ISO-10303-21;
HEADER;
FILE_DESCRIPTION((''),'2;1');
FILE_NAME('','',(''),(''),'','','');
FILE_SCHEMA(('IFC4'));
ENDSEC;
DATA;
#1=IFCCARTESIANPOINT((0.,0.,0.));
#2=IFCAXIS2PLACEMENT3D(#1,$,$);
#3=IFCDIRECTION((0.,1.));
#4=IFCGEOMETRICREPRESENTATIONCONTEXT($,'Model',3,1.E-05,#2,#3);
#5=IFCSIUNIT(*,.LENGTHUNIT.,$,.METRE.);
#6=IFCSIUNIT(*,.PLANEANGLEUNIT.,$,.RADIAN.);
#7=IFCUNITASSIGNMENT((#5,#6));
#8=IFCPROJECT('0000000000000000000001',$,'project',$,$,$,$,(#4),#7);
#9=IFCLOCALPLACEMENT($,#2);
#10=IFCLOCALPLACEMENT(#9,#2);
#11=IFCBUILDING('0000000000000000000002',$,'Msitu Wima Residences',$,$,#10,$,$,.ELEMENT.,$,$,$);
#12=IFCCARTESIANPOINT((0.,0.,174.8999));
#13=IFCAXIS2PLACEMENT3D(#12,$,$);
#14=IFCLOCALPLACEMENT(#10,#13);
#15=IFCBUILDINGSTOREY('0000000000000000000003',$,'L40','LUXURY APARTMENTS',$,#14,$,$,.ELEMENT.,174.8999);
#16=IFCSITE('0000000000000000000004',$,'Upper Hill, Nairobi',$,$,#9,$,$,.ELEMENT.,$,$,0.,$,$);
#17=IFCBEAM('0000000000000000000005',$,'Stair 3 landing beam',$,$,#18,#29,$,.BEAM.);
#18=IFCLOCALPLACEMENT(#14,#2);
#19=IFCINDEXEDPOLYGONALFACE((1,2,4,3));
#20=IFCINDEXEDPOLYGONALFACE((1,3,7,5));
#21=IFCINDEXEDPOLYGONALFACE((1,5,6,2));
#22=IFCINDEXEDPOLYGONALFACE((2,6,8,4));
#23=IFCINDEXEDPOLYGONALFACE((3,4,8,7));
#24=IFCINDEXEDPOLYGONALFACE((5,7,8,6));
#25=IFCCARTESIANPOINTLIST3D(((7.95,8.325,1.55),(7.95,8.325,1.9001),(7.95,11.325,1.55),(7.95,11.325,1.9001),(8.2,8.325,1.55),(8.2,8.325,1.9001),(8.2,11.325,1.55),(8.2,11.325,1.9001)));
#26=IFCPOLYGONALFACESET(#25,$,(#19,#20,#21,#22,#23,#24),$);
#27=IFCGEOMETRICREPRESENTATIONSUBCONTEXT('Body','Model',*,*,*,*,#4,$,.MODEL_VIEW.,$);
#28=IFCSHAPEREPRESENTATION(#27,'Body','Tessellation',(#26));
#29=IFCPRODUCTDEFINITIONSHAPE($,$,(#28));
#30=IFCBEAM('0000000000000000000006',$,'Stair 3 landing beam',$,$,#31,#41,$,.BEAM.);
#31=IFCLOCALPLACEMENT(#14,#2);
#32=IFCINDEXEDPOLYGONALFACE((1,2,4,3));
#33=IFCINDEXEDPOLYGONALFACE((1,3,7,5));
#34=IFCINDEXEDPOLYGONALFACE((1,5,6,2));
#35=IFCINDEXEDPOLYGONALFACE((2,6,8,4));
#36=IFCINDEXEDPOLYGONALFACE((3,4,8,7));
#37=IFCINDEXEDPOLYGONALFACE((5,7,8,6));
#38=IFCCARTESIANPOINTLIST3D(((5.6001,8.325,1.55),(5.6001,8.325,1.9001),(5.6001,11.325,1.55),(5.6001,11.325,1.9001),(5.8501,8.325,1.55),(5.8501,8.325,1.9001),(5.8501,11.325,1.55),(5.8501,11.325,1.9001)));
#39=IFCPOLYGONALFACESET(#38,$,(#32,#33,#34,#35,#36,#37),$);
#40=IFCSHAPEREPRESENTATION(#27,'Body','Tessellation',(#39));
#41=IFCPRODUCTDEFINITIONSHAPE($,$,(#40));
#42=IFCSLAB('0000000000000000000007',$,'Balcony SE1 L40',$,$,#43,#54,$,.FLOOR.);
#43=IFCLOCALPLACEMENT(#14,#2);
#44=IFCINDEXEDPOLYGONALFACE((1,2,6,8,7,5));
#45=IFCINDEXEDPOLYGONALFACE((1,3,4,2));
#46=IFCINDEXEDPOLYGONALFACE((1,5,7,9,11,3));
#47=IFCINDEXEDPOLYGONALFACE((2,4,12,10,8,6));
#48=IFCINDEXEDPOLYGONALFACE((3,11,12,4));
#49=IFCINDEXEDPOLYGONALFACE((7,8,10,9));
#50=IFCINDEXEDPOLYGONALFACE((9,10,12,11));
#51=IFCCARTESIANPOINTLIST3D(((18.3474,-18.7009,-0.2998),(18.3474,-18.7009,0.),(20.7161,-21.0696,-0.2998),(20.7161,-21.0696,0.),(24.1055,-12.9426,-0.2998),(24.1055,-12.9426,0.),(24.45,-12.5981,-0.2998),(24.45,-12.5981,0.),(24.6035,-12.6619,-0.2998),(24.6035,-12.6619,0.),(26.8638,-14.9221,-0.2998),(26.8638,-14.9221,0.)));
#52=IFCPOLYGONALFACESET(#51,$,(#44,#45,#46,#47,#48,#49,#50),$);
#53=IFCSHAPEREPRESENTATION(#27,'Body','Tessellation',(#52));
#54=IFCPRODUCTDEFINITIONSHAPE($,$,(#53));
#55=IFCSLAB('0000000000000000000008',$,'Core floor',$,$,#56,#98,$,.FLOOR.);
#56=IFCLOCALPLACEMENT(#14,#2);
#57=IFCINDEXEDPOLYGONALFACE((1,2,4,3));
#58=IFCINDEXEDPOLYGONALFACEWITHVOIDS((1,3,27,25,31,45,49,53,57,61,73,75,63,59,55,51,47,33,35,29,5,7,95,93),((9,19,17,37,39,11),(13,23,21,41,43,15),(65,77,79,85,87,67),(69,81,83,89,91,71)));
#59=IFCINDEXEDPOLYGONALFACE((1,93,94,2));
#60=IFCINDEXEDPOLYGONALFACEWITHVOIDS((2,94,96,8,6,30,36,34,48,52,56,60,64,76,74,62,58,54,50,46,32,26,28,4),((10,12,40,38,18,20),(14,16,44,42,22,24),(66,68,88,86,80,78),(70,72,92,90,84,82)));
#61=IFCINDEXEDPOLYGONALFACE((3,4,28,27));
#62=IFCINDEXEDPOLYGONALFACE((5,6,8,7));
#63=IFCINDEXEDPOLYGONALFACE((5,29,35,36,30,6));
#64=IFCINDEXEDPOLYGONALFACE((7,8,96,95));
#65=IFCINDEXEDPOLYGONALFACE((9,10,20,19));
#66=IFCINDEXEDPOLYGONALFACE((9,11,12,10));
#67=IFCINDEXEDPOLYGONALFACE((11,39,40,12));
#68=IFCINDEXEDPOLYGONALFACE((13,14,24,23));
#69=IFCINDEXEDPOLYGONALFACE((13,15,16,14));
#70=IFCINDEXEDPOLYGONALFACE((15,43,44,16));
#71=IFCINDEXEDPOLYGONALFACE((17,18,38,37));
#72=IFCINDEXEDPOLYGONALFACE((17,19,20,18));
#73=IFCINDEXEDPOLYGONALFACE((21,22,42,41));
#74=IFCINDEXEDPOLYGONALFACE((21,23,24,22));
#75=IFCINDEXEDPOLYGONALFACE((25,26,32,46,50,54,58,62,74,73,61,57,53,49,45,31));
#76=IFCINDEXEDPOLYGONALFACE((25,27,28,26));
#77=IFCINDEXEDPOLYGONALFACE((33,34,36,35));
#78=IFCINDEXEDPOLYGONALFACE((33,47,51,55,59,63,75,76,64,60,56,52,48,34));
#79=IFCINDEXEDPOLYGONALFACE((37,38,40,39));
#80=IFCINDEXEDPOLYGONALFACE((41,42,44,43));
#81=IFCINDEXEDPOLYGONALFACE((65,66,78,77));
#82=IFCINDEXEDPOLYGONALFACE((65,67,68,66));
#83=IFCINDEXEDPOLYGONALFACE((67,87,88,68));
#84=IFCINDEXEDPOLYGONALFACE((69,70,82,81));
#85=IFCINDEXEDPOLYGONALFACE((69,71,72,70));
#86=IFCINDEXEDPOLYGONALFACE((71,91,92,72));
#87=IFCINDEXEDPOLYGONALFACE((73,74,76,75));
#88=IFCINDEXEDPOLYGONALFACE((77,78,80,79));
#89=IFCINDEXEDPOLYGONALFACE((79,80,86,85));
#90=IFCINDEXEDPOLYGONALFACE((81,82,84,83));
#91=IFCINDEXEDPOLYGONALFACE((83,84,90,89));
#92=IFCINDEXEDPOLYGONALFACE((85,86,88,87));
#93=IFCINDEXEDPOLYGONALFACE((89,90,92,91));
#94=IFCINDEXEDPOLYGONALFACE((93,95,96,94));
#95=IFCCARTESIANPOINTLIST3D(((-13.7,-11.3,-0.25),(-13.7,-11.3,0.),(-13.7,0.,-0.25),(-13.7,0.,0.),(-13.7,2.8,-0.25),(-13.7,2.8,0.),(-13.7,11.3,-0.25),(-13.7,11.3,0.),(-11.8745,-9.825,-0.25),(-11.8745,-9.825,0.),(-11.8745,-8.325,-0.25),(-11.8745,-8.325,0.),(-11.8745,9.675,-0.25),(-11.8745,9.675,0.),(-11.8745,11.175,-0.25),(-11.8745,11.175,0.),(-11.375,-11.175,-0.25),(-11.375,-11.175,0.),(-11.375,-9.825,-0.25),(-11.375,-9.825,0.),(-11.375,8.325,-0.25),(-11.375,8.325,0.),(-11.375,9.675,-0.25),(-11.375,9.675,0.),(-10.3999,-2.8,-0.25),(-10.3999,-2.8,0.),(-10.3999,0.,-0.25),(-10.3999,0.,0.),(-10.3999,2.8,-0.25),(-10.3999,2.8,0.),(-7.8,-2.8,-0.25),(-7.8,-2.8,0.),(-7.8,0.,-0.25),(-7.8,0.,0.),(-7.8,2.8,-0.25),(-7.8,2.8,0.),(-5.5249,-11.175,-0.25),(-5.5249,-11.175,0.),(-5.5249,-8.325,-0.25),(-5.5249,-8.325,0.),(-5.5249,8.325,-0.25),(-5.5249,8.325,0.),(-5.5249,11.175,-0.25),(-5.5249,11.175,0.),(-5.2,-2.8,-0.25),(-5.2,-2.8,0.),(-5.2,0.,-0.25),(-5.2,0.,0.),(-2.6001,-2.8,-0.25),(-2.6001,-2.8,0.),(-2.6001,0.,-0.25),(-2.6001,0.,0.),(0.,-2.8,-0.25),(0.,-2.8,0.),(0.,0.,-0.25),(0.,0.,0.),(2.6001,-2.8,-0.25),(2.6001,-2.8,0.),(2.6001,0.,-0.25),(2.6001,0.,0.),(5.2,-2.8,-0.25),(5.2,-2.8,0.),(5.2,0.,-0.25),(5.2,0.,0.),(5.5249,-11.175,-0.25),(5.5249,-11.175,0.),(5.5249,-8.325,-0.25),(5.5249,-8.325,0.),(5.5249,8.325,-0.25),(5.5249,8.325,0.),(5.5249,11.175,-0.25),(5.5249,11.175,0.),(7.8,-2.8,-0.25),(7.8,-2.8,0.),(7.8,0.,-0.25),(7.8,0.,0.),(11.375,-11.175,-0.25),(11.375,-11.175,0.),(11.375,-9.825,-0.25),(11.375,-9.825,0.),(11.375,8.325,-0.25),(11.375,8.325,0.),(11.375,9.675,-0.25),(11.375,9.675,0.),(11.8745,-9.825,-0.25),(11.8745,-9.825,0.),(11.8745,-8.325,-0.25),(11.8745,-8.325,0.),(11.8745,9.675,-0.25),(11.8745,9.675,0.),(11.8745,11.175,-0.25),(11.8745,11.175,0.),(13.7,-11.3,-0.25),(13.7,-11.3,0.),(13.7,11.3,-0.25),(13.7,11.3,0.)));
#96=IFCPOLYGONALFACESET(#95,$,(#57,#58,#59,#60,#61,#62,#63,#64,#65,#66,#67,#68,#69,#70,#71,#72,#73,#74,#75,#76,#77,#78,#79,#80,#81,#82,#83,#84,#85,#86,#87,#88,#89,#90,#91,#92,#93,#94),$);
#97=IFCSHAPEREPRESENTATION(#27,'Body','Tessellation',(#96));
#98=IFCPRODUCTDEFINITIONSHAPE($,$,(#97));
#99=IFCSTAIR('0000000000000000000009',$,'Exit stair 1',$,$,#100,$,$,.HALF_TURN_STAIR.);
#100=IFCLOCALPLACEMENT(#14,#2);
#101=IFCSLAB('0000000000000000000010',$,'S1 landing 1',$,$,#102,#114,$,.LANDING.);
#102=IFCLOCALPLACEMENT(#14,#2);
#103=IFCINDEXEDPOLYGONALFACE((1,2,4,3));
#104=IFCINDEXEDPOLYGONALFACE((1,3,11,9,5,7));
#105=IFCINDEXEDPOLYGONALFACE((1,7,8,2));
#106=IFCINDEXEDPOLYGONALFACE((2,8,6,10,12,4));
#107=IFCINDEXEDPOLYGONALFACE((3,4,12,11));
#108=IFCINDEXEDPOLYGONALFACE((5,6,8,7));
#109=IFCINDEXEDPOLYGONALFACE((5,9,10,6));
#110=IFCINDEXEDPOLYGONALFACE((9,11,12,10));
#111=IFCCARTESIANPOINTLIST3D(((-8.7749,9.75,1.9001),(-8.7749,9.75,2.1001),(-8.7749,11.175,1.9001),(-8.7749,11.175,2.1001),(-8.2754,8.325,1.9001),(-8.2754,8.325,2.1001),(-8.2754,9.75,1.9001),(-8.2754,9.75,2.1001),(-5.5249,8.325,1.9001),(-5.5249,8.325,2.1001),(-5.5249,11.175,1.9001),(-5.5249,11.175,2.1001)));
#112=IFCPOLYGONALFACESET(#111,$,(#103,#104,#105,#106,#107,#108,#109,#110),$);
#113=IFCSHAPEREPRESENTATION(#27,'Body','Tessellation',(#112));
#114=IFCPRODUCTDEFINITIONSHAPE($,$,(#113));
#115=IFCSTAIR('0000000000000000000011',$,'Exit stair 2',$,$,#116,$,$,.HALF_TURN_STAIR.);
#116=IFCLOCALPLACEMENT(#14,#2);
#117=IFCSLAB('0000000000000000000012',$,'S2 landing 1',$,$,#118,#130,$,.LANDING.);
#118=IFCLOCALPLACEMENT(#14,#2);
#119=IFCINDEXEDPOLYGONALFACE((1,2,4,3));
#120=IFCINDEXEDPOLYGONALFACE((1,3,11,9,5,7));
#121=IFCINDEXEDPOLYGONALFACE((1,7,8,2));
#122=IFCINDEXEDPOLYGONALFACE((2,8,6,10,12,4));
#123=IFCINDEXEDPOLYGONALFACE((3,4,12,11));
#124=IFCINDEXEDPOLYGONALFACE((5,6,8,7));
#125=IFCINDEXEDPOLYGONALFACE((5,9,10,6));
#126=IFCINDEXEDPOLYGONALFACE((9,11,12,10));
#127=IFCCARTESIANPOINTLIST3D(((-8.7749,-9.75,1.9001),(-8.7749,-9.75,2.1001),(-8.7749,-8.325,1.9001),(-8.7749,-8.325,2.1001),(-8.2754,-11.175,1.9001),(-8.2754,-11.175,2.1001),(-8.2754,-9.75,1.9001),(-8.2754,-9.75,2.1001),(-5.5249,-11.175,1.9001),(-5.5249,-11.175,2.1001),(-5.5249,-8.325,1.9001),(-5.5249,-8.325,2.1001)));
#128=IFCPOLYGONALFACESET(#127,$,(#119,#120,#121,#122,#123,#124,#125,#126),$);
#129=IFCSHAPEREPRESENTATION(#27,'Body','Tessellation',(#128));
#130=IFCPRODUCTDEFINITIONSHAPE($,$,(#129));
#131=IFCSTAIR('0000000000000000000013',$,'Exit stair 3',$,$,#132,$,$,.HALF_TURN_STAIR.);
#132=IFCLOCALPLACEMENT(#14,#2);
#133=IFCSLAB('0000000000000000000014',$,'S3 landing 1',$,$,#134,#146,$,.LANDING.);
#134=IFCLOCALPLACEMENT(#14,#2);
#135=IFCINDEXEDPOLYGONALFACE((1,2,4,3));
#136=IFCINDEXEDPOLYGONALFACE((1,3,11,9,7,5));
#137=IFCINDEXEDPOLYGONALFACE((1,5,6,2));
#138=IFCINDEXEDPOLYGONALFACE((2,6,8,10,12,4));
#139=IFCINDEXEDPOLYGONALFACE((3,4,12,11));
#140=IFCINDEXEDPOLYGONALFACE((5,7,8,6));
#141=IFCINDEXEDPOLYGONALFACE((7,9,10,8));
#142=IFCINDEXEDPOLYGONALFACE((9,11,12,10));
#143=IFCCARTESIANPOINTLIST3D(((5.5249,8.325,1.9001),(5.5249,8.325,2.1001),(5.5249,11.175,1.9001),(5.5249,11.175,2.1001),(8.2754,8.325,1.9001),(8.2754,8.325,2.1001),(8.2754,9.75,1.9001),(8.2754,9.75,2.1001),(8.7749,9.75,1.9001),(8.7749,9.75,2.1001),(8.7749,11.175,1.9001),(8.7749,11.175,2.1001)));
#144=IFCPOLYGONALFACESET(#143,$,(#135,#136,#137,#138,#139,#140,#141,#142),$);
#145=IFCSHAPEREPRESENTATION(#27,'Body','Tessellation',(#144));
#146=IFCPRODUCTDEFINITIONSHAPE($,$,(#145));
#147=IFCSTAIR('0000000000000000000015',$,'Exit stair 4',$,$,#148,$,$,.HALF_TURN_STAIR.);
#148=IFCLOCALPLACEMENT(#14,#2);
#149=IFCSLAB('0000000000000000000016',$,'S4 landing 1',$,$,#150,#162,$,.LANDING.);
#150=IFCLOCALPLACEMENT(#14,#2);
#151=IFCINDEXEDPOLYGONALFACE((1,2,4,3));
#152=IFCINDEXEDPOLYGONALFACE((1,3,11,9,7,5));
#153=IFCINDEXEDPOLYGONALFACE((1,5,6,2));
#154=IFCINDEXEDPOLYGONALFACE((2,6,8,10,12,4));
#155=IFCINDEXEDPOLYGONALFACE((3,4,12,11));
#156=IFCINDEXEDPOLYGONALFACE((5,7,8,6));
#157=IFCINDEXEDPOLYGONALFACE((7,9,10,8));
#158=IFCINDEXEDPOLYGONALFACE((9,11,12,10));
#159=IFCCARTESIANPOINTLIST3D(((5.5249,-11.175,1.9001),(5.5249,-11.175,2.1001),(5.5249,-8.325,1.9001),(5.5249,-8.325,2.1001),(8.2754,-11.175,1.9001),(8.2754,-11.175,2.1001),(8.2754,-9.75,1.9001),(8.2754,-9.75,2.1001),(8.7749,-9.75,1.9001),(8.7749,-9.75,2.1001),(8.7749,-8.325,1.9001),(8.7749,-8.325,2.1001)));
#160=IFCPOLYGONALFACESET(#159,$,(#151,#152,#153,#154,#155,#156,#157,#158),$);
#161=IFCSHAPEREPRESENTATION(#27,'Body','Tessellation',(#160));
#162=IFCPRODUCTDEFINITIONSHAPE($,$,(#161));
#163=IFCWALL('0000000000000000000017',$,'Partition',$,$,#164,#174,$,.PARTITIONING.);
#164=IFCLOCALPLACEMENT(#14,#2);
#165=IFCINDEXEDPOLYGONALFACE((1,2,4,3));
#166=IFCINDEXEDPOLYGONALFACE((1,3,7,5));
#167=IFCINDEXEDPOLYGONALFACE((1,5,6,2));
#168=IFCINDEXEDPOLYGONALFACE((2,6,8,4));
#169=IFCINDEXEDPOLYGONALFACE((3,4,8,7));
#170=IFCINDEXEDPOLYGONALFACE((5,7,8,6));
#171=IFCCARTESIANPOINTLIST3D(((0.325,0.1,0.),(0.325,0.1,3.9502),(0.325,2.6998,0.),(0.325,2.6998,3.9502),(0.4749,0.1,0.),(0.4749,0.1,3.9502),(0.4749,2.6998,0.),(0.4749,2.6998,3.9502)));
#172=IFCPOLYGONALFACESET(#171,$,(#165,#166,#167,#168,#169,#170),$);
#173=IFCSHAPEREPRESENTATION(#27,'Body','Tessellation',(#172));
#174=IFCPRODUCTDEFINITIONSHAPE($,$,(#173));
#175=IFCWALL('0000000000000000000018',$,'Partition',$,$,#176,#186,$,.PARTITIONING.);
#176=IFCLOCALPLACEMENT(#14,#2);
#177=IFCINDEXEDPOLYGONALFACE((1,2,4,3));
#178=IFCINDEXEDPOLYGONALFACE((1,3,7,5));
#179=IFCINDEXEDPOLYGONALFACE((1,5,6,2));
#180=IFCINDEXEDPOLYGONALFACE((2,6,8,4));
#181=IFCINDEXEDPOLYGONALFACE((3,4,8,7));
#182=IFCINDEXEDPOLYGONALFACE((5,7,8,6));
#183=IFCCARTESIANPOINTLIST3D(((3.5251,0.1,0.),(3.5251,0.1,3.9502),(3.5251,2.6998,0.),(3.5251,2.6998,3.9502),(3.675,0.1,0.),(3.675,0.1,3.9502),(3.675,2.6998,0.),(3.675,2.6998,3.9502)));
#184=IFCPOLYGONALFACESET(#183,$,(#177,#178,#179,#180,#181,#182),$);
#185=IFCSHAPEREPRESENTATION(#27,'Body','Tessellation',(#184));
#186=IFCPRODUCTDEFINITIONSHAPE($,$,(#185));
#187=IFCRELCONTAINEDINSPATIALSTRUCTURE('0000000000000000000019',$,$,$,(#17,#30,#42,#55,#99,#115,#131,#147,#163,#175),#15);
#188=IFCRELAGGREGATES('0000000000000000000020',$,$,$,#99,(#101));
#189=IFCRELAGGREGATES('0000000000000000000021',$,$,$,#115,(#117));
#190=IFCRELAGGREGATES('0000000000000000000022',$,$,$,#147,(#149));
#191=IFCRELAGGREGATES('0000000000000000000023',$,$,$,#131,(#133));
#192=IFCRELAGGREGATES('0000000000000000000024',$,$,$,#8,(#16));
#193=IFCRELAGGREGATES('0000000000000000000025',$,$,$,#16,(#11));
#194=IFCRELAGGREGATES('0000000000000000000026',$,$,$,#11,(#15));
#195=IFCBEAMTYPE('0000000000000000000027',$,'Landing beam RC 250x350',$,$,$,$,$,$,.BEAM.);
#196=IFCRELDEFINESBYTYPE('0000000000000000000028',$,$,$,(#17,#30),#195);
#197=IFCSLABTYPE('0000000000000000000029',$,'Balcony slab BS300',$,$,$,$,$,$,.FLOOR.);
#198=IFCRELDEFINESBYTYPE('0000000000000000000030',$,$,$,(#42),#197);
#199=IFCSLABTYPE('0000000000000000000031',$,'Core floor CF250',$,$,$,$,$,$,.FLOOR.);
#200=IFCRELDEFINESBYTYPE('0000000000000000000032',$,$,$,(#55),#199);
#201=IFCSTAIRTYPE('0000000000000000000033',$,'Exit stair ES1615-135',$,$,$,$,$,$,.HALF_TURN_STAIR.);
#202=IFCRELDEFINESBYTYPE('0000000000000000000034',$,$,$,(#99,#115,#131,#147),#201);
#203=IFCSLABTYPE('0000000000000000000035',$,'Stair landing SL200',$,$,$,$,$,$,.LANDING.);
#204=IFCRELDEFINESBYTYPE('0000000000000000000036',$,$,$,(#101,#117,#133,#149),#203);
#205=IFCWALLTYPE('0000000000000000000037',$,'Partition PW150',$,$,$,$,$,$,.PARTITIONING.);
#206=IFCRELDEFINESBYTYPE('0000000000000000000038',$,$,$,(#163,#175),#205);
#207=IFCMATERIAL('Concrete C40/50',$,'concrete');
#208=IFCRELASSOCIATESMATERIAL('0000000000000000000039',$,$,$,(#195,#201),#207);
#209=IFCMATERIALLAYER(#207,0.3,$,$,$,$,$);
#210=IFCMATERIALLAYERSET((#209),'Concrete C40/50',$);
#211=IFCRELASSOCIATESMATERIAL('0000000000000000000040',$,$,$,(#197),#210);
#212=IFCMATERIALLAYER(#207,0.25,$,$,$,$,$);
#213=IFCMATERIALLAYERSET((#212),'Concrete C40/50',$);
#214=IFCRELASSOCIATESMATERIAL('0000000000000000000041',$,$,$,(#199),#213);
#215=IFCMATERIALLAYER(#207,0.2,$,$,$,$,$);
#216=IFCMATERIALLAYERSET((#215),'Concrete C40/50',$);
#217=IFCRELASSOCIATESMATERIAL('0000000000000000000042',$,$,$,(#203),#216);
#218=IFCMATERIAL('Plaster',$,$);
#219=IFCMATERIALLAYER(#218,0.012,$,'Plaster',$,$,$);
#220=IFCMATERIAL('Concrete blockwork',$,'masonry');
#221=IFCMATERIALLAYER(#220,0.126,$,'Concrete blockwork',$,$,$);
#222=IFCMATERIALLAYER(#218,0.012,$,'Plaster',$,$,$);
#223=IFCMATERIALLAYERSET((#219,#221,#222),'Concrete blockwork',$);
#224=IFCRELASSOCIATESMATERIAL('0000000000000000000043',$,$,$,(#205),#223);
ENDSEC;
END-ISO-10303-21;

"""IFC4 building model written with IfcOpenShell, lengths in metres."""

from ifc_helpers import new_model, si_unit, direction, frame, frame_2d, origin, origin_2d, place, context, subcontext, project, spatial, polyline, rectangle, outline, extrude, material, layer, layer_set, material_profile, profile_set, type_object, element, aggregate, save


model = new_model("IFC4")

# Units and contexts
model_context = context("Model", 3, precision=1e-05, world=origin(), true_north=direction((0.0, 1.0)))
body_context = subcontext(model_context, "Body", "Model", "MODEL_VIEW")
ifc_project = project(units=[si_unit("LENGTHUNIT", "METRE"), si_unit("PLANEANGLEUNIT", "RADIAN")], contexts=[model_context])

# Site, building, storey
site_placement = place(None, origin())
site = spatial("IfcSite", under=ifc_project, at=site_placement, Name="Upper Hill, Nairobi", CompositionType="ELEMENT", RefElevation=0.0)
building_placement = place(site_placement, origin())
building = spatial("IfcBuilding", under=site, at=building_placement, Name="Msitu Wima Residences", CompositionType="ELEMENT")
storey_placement = place(building_placement, frame((0.0, 0.0, 174.8999)))
storey = spatial("IfcBuildingStorey", under=building, at=storey_placement, Name="L40", Description="LUXURY APARTMENTS", CompositionType="ELEMENT", Elevation=174.8999)

# Beams
ifc_material_1 = material(Name="Concrete C40/50", Category="concrete")
ifc_material_profile = material_profile(ifc_material_1, rectangle(XDim=0.25, YDim=0.3501, at=origin_2d()), Name="RC 250x350")
ifc_profile_set = profile_set([ifc_material_profile], Name="Concrete C40/50")
beam_type = type_object("IfcBeamType", Name="Landing beam RC 250x350", PredefinedType="BEAM", material=ifc_profile_set)
for number, where, z_axis, x_axis, name in (
    (1, (8.075, 8.325, 1.7251), (0.0, 1.0, 0.0), (-1.0, 0.0, 0.0), "Stair 3 landing beam"),
    (2, (5.7251, 8.325, 1.7251), (0.0, 1.0, 0.0), (-1.0, 0.0, 0.0), "Stair 3 landing beam"),
):
    element("IfcBeam", number, at=place(storey_placement, frame(where, z_axis=z_axis, x_axis=x_axis)), inside=storey, type_object=beam_type, Name=name, PredefinedType="BEAM", context=body_context, shape_type="SweptSolid", body=[
        extrude(rectangle(XDim=0.25, YDim=0.3501, at=origin_2d()), origin(), (0.0, 0.0, 1.0), 3.0),
    ])

# Slabs
ifc_layer_1 = layer(ifc_material_1, 0.3)
ifc_layer_set_1 = layer_set([ifc_layer_1], Name="Concrete C40/50")
slab_type_1 = type_object("IfcSlabType", Name="Balcony slab BS300", PredefinedType="FLOOR", material=ifc_layer_set_1)
slab_1_placement = place(storey_placement, frame((0.0, 0.0, -0.2998)))
element("IfcSlab", 3, at=slab_1_placement, inside=storey, type_object=slab_type_1, Name="Balcony SE1 L40", PredefinedType="FLOOR", context=body_context, shape_type="SweptSolid", body=[
    extrude(outline(polyline([(24.1055, -12.9426), (24.1055, -12.9426), (24.45, -12.5981), (24.6035, -12.6619), (26.8638, -14.9221), (20.7161, -21.0696), (18.3474, -18.7009), (24.1055, -12.9426), (24.1055, -12.9426)])), origin(), (0.0, 0.0, 1.0), 0.2998),
])
ifc_layer_2 = layer(ifc_material_1, 0.25)
ifc_layer_set_2 = layer_set([ifc_layer_2], Name="Concrete C40/50")
slab_type_2 = type_object("IfcSlabType", Name="Core floor CF250", PredefinedType="FLOOR", material=ifc_layer_set_2)
slab_2_placement = place(storey_placement, frame((0.0, 0.0, -0.25)))
element("IfcSlab", 4, at=slab_2_placement, inside=storey, type_object=slab_type_2, Name="Core floor", PredefinedType="FLOOR", context=body_context, shape_type="SweptSolid", body=[
    extrude(outline(polyline([(-13.7, 11.3), (-13.7, 2.8), (-10.3999, 2.8), (-7.8, 2.8), (-7.8, 0.0), (-5.2, 0.0), (-2.6001, 0.0), (0.0, 0.0), (2.6001, 0.0), (5.2, 0.0), (7.8, 0.0), (7.8, -2.8), (5.2, -2.8), (2.6001, -2.8), (0.0, -2.8), (-2.6001, -2.8), (-5.2, -2.8), (-7.8, -2.8), (-10.3999, -2.8), (-10.3999, 0.0), (-13.7, 0.0), (-13.7, -11.3), (13.7, -11.3), (13.7, 11.3), (-13.7, 11.3)]), holes=[polyline([(-11.375, -11.175), (-11.375, -9.825), (-11.8745, -9.825), (-11.8745, -8.325), (-5.5249, -8.325), (-5.5249, -11.175), (-11.375, -11.175)]), polyline([(-11.375, 8.325), (-11.375, 9.675), (-11.8745, 9.675), (-11.8745, 11.175), (-5.5249, 11.175), (-5.5249, 8.325), (-11.375, 8.325)]), polyline([(11.375, -9.825), (11.375, -11.175), (5.5249, -11.175), (5.5249, -8.325), (11.8745, -8.325), (11.8745, -9.825), (11.375, -9.825)]), polyline([(11.375, 9.675), (11.375, 8.325), (5.5249, 8.325), (5.5249, 11.175), (11.8745, 11.175), (11.8745, 9.675), (11.375, 9.675)])]), origin(), (0.0, 0.0, 1.0), 0.25),
])

# Stairs, slabs
stair_type = type_object("IfcStairType", Name="Exit stair ES1615-135", PredefinedType="HALF_TURN_STAIR", material=ifc_material_1)
stair_1_placement = place(storey_placement, origin())
stair_1 = element("IfcStair", 5, at=stair_1_placement, inside=storey, type_object=stair_type, Name="Exit stair 1", PredefinedType="HALF_TURN_STAIR")
ifc_layer_3 = layer(ifc_material_1, 0.2)
ifc_layer_set_3 = layer_set([ifc_layer_3], Name="Concrete C40/50")
slab_type_3 = type_object("IfcSlabType", Name="Stair landing SL200", PredefinedType="LANDING", material=ifc_layer_set_3)
slab_3_placement = place(storey_placement, frame((0.0, 0.0, 1.9001)))
slab_3 = element("IfcSlab", 6, at=slab_3_placement, type_object=slab_type_3, Name="S1 landing 1", PredefinedType="LANDING", context=body_context, shape_type="SweptSolid", body=[
    extrude(outline(polyline([(-5.5249, 8.325), (-8.2754, 8.325), (-8.2754, 9.75), (-8.7749, 9.75), (-8.7749, 11.175), (-5.5249, 11.175), (-5.5249, 8.325)])), origin(), (0.0, 0.0, 1.0), 0.2),
])
aggregate(stair_1, [slab_3])
stair_2_placement = place(storey_placement, origin())
stair_2 = element("IfcStair", 7, at=stair_2_placement, inside=storey, type_object=stair_type, Name="Exit stair 2", PredefinedType="HALF_TURN_STAIR")
slab_4_placement = place(storey_placement, frame((0.0, 0.0, 1.9001)))
slab_4 = element("IfcSlab", 8, at=slab_4_placement, type_object=slab_type_3, Name="S2 landing 1", PredefinedType="LANDING", context=body_context, shape_type="SweptSolid", body=[
    extrude(outline(polyline([(-5.5249, -11.175), (-8.2754, -11.175), (-8.2754, -9.75), (-8.7749, -9.75), (-8.7749, -8.325), (-5.5249, -8.325), (-5.5249, -11.175)])), origin(), (0.0, 0.0, 1.0), 0.2),
])
aggregate(stair_2, [slab_4])
stair_3_placement = place(storey_placement, origin())
stair_3 = element("IfcStair", 9, at=stair_3_placement, inside=storey, type_object=stair_type, Name="Exit stair 3", PredefinedType="HALF_TURN_STAIR")
slab_5_placement = place(storey_placement, frame((0.0, 0.0, 1.9001)))
slab_5 = element("IfcSlab", 10, at=slab_5_placement, type_object=slab_type_3, Name="S3 landing 1", PredefinedType="LANDING", context=body_context, shape_type="SweptSolid", body=[
    extrude(outline(polyline([(5.5249, 8.325), (8.2754, 8.325), (8.2754, 9.75), (8.7749, 9.75), (8.7749, 11.175), (5.5249, 11.175), (5.5249, 8.325)])), origin(), (0.0, 0.0, 1.0), 0.2),
])
stair_4_placement = place(storey_placement, origin())
stair_4 = element("IfcStair", 11, at=stair_4_placement, inside=storey, type_object=stair_type, Name="Exit stair 4", PredefinedType="HALF_TURN_STAIR")
slab_6_placement = place(storey_placement, frame((0.0, 0.0, 1.9001)))
slab_6 = element("IfcSlab", 12, at=slab_6_placement, type_object=slab_type_3, Name="S4 landing 1", PredefinedType="LANDING", context=body_context, shape_type="SweptSolid", body=[
    extrude(outline(polyline([(5.5249, -11.175), (8.2754, -11.175), (8.2754, -9.75), (8.7749, -9.75), (8.7749, -8.325), (5.5249, -8.325), (5.5249, -11.175)])), origin(), (0.0, 0.0, 1.0), 0.2),
])
aggregate(stair_4, [slab_6])

# Walls
ifc_material_2 = material(Name="Plaster")
ifc_layer_4 = layer(ifc_material_2, 0.012, Name="Plaster")
ifc_material_3 = material(Name="Concrete blockwork", Category="masonry")
ifc_layer_5 = layer(ifc_material_3, 0.126, Name="Concrete blockwork")
ifc_layer_6 = layer(ifc_material_2, 0.012, Name="Plaster")
ifc_layer_set_4 = layer_set([ifc_layer_4, ifc_layer_5, ifc_layer_6], Name="Concrete blockwork")
wall_type_1 = type_object("IfcWallType", Name="Partition PW150", PredefinedType="PARTITIONING", material=ifc_layer_set_4)
for number, where, z_axis, x_axis, name in (
    (13, (0.3999, 0.1001, 0.0), (0.0, 0.0, 1.0), (0.0, 1.0, 0.0), "Partition"),
    (14, (3.6001, 0.1001, 0.0), (0.0, 0.0, 1.0), (0.0, 1.0, 0.0), "Partition"),
):
    element("IfcWall", number, at=place(storey_placement, frame(where, z_axis=z_axis, x_axis=x_axis)), inside=storey, type_object=wall_type_1, Name=name, PredefinedType="PARTITIONING", context=body_context, shape_type="SweptSolid", body=[
        extrude(rectangle(XDim=2.5999, YDim=0.1499, at=frame_2d((1.2998, 0.0))), origin(), (0.0, 0.0, 1.0), 3.9502),
    ])

aggregate(stair_3, [slab_5])

save(model, "model.ifc")
